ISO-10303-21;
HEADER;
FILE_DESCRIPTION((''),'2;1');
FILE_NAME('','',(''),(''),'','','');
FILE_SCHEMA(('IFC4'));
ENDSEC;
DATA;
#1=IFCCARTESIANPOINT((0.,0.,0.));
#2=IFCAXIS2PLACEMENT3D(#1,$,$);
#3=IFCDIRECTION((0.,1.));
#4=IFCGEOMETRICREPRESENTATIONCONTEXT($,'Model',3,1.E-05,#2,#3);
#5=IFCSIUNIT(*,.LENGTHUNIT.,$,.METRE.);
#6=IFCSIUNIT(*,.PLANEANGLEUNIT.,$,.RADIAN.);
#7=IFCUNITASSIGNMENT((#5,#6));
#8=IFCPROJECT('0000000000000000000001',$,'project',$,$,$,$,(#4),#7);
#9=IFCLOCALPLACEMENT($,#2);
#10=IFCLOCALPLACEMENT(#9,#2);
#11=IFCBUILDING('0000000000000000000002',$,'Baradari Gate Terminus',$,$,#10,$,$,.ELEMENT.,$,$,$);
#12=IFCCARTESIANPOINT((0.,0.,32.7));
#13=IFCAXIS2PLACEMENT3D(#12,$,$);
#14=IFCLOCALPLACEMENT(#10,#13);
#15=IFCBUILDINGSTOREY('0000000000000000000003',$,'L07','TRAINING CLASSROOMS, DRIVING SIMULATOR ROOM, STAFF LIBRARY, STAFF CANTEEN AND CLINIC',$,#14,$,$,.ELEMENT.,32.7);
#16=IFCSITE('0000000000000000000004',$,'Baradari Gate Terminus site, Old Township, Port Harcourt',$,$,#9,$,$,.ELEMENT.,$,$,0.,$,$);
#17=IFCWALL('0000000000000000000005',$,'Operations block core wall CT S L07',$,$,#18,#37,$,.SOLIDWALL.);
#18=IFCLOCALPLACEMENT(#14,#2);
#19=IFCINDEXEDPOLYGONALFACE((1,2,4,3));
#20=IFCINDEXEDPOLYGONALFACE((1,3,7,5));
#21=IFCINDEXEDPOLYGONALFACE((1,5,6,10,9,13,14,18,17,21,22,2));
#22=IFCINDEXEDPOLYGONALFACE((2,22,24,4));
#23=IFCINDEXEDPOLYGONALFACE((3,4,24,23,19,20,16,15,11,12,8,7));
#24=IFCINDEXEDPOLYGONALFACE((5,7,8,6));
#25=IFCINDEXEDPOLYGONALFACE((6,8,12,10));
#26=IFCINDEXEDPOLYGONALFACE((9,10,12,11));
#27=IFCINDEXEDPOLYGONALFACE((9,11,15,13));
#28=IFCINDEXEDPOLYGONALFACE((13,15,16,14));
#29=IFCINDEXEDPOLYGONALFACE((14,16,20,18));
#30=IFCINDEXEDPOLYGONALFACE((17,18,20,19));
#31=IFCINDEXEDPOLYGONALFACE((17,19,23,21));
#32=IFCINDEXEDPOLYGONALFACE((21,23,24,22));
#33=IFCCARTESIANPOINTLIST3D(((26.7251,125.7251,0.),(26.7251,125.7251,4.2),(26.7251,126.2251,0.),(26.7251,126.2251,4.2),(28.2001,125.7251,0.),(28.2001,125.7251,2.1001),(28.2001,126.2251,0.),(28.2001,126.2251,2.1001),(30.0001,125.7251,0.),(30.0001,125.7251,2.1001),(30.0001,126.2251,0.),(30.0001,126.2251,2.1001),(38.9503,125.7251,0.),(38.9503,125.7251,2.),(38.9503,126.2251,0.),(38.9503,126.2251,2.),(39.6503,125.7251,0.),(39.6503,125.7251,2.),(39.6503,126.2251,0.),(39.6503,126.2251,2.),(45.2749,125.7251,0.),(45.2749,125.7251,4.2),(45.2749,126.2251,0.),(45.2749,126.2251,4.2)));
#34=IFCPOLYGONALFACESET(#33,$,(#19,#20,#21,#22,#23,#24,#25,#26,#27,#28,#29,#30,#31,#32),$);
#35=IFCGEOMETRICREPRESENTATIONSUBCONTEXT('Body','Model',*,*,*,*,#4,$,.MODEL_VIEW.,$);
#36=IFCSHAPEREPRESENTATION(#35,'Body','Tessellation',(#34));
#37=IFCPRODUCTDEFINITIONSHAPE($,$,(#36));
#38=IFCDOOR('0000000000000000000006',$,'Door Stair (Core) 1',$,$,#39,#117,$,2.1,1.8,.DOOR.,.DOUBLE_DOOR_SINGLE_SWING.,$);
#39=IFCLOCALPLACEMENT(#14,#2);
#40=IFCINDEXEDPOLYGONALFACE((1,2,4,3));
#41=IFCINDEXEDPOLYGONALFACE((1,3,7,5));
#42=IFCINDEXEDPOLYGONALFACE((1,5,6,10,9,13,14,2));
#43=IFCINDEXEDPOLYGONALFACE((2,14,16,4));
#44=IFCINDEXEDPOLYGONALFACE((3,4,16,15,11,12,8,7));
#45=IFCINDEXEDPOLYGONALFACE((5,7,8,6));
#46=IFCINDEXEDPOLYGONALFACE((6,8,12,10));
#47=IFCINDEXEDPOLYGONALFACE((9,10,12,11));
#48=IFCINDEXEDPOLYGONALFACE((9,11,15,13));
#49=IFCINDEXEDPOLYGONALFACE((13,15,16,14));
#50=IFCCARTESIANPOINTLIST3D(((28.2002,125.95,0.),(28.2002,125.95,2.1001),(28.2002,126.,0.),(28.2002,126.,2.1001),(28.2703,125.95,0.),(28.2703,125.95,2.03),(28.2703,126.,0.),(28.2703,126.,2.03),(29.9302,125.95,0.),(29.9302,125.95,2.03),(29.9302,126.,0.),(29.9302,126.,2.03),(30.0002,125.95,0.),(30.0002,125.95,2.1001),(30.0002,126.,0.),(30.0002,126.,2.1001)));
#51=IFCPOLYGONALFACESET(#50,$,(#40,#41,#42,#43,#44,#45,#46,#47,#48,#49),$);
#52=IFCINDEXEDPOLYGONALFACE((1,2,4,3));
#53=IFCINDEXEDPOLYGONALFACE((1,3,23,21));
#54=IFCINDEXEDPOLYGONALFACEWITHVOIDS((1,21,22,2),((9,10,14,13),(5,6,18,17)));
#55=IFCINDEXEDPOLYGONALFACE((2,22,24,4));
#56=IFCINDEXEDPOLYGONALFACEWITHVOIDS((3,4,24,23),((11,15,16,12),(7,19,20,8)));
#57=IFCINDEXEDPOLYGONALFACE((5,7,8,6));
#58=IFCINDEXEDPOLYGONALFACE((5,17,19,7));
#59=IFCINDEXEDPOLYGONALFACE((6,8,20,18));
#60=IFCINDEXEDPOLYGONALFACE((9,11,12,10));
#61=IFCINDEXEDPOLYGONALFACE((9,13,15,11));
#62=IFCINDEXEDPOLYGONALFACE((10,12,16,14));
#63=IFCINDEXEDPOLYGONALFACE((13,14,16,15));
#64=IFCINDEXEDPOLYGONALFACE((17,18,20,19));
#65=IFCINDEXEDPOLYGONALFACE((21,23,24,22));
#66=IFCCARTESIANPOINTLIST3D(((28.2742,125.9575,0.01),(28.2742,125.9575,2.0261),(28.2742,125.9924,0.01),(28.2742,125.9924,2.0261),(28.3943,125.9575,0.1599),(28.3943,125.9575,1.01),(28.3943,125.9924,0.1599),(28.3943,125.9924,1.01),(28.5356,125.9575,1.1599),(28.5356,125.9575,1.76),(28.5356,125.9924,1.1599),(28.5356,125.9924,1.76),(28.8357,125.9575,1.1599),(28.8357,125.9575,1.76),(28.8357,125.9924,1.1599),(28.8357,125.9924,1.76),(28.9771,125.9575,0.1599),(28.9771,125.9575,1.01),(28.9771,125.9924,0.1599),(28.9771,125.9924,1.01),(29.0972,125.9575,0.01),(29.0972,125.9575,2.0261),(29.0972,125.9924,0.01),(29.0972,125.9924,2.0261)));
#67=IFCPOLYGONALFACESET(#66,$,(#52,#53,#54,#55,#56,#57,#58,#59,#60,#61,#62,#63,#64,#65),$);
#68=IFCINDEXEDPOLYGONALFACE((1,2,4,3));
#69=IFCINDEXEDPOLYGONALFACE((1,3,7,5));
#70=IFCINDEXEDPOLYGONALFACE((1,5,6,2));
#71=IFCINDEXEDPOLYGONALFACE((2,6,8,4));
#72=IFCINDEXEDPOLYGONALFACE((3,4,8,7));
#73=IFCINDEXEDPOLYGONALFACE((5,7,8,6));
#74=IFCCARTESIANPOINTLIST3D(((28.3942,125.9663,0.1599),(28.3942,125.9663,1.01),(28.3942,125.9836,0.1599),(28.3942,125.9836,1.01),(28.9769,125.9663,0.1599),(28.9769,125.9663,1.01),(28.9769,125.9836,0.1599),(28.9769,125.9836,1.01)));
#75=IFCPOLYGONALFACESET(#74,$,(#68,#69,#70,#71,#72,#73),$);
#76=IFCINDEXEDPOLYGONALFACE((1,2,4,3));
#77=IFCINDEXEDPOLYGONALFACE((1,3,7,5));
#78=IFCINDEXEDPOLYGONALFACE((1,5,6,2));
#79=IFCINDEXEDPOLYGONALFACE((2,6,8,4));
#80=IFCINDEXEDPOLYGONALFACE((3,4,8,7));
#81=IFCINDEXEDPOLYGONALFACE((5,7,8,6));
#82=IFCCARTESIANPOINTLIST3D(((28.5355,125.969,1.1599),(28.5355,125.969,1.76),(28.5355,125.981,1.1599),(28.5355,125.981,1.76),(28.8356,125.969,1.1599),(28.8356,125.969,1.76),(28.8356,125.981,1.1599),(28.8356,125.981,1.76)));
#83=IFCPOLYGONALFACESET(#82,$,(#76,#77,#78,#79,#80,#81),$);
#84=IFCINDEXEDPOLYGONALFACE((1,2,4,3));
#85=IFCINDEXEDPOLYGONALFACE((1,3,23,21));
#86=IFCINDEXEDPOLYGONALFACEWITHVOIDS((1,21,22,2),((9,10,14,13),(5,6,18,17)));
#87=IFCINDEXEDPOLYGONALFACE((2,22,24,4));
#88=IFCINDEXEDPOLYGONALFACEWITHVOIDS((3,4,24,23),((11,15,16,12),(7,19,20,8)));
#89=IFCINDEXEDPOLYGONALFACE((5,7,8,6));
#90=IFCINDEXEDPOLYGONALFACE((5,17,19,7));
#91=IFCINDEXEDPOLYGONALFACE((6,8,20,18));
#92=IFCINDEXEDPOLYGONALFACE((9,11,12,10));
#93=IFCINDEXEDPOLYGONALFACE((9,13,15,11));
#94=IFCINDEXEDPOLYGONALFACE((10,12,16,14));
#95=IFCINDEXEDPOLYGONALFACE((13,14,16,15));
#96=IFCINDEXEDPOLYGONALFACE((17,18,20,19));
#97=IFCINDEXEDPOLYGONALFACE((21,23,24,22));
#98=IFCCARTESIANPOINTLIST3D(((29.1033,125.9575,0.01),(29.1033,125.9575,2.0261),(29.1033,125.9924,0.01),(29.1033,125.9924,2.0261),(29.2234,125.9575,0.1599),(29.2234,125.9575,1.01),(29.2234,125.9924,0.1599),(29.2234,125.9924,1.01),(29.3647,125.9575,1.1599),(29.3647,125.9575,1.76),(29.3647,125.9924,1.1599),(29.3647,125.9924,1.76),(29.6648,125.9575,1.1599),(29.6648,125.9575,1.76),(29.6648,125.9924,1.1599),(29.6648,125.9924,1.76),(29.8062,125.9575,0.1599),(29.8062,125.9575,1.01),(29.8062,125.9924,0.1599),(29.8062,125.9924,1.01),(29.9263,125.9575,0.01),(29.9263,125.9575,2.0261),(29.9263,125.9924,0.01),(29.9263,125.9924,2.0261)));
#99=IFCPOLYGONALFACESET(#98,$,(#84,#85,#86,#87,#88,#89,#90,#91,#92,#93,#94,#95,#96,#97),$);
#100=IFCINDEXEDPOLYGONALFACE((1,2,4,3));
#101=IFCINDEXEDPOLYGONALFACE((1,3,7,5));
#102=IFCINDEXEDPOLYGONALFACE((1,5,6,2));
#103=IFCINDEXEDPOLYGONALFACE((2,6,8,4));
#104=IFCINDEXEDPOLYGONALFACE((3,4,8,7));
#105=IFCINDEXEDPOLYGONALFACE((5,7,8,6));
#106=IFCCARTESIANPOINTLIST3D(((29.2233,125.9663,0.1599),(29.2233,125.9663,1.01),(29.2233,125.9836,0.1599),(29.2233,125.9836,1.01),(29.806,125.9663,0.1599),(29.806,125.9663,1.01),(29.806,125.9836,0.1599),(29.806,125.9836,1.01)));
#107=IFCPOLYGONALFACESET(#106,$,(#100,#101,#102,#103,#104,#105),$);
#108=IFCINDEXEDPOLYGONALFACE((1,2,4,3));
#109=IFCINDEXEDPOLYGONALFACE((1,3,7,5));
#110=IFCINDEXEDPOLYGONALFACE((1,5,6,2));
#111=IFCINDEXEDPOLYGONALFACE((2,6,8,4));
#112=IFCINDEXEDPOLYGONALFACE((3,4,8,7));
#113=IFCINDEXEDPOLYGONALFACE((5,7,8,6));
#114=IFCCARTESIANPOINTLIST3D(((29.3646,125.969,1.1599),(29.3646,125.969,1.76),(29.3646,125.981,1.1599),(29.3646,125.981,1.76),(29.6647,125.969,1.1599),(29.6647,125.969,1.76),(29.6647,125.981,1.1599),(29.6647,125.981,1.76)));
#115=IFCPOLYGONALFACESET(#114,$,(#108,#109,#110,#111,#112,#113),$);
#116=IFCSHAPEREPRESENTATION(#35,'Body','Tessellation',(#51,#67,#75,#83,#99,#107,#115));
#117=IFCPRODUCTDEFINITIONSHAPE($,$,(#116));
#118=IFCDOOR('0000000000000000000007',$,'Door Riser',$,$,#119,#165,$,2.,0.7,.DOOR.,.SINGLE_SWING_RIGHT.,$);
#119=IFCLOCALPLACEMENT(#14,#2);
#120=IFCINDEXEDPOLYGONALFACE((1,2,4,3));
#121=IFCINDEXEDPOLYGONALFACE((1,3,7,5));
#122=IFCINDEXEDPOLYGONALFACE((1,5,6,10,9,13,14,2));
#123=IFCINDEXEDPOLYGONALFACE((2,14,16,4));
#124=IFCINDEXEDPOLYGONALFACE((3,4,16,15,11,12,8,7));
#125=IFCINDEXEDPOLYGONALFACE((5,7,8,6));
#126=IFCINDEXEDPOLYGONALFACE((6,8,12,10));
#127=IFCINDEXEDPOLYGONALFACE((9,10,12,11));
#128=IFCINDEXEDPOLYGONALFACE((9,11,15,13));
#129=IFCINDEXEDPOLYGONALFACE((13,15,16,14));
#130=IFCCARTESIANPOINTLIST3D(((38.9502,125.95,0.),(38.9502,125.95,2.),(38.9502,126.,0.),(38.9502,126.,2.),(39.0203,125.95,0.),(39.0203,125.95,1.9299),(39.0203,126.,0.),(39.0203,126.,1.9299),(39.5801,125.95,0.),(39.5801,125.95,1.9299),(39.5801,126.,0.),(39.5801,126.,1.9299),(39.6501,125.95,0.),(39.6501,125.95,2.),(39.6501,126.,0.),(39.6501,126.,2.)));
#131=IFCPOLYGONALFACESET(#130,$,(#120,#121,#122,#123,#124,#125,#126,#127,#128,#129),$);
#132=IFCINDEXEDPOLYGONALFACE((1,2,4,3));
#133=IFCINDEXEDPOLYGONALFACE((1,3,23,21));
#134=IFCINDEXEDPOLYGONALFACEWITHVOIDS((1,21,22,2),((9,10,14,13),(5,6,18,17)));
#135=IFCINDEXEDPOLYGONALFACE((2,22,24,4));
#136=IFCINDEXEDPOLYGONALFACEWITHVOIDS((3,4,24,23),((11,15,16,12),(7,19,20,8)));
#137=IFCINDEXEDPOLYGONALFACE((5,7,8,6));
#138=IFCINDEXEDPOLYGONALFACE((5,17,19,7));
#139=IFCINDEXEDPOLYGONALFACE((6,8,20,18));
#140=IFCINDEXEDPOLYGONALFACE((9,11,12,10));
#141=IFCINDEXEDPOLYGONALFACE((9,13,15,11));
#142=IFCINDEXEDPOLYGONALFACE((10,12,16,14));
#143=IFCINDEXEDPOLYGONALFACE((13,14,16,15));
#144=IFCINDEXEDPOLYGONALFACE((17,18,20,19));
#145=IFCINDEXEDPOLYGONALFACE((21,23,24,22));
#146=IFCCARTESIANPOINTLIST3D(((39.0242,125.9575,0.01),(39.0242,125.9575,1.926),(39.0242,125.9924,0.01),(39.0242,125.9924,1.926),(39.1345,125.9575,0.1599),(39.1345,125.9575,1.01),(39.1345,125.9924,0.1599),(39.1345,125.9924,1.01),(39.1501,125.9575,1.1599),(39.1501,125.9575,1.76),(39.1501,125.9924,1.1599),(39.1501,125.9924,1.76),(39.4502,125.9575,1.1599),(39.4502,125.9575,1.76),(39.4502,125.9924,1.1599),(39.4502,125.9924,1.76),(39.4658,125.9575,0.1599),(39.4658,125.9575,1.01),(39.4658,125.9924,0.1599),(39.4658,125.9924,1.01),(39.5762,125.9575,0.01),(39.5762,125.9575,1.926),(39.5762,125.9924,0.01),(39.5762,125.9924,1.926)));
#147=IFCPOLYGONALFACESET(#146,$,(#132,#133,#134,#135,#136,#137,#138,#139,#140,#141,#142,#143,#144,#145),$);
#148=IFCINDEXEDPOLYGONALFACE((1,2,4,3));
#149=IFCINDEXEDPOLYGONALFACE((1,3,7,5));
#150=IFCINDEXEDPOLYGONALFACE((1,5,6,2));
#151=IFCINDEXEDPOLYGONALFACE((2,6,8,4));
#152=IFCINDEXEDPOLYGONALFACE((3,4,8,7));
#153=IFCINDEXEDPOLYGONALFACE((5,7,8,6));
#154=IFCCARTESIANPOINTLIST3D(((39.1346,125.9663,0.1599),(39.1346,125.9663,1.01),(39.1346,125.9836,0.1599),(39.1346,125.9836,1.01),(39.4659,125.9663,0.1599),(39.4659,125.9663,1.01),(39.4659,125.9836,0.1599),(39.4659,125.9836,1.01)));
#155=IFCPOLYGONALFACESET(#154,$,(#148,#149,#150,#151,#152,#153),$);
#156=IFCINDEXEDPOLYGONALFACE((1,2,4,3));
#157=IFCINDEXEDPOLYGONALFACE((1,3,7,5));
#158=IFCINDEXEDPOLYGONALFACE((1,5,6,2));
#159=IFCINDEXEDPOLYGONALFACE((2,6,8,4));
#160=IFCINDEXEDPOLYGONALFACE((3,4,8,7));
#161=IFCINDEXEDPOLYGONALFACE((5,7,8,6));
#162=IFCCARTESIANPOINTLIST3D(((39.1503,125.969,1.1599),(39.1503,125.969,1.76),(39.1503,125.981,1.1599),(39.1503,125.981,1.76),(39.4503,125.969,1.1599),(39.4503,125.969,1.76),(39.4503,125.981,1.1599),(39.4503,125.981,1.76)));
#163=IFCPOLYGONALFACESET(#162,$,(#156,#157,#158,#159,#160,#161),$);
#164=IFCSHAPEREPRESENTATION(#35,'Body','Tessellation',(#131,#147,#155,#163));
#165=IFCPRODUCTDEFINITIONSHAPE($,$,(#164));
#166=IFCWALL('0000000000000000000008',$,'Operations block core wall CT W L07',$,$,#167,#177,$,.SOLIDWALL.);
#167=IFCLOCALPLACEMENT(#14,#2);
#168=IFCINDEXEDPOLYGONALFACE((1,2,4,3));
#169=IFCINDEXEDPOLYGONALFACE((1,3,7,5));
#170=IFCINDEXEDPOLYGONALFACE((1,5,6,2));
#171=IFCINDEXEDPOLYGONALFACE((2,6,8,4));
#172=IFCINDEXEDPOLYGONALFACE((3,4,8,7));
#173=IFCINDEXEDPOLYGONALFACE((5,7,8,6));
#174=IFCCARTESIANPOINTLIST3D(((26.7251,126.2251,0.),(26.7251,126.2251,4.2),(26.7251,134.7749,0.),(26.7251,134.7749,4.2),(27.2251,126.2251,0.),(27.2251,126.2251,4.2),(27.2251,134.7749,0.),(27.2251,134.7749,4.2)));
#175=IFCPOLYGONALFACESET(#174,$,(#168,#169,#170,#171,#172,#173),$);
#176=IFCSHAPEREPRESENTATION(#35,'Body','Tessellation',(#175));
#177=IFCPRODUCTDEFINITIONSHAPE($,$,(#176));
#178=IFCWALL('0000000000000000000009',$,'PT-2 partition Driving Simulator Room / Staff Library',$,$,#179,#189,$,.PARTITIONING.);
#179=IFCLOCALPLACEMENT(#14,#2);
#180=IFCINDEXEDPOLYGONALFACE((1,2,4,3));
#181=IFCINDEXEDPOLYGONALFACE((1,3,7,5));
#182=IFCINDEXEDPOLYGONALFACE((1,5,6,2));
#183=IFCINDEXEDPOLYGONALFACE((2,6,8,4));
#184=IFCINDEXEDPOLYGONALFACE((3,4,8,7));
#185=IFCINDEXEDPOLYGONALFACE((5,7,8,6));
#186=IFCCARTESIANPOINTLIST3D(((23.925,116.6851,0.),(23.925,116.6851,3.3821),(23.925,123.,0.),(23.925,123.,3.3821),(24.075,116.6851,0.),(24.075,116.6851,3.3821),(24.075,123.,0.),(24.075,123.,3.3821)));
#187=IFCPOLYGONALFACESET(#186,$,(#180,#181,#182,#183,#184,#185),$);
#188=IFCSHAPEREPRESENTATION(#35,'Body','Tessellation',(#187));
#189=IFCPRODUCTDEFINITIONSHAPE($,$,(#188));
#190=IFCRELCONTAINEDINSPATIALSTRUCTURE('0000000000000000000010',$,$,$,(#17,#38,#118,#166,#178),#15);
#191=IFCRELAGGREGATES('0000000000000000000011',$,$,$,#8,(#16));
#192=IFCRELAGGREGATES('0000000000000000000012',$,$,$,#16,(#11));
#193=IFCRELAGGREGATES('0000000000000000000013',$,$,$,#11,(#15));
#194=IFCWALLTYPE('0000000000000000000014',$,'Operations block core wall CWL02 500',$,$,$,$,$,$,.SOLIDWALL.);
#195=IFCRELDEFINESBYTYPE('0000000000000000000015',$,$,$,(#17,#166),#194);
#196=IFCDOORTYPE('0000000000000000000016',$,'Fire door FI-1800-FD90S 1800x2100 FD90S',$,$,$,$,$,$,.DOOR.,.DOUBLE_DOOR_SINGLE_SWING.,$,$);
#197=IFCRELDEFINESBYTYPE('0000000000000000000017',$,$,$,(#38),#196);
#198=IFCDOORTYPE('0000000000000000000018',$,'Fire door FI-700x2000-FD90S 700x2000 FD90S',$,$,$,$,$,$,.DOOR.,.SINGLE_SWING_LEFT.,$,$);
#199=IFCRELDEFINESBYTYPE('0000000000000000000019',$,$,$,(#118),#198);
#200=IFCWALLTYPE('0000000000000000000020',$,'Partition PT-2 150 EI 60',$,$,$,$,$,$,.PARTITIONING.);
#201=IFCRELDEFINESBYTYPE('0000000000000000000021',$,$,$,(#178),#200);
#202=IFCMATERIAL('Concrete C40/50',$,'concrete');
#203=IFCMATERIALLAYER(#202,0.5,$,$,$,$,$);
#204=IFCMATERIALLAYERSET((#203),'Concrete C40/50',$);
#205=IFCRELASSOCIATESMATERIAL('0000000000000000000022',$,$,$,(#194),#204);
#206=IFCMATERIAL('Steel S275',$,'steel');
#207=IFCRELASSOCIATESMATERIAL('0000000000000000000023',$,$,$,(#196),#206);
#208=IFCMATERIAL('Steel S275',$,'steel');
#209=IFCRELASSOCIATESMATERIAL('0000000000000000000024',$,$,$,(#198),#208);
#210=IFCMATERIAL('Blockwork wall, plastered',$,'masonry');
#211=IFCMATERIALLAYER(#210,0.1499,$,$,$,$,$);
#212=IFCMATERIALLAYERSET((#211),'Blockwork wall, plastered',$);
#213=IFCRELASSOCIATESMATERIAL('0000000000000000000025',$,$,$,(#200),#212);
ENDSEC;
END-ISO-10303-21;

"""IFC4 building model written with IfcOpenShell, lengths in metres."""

from ifc_helpers import new_model, si_unit, direction, frame, frame_2d, origin, place, context, subcontext, project, spatial, polyline, rectangle, outline, extrude, material, layer, layer_set, type_object, element, fill, save


model = new_model("IFC4")

# Units and contexts
model_context = context("Model", 3, precision=1e-05, world=origin(), true_north=direction((0.0, 1.0)))
body_context = subcontext(model_context, "Body", "Model", "MODEL_VIEW")
ifc_project = project(units=[si_unit("LENGTHUNIT", "METRE"), si_unit("PLANEANGLEUNIT", "RADIAN")], contexts=[model_context])

# Site, building, storey
site_placement = place(None, origin())
site = spatial("IfcSite", under=ifc_project, at=site_placement, Name="Baradari Gate Terminus site, Old Township, Port Harcourt", CompositionType="ELEMENT", RefElevation=0.0)
building_placement = place(site_placement, origin())
building = spatial("IfcBuilding", under=site, at=building_placement, Name="Baradari Gate Terminus", CompositionType="ELEMENT")
storey_placement = place(building_placement, frame((0.0, 0.0, 32.7)))
storey = spatial("IfcBuildingStorey", under=building, at=storey_placement, Name="L07", Description="TRAINING CLASSROOMS, DRIVING SIMULATOR ROOM, STAFF LIBRARY, STAFF CANTEEN AND CLINIC", CompositionType="ELEMENT", Elevation=32.7)

# Wall, openings, doors
ifc_material_1 = material(Name="Concrete C40/50", Category="concrete")
ifc_layer_1 = layer(ifc_material_1, 0.5)
ifc_layer_set_1 = layer_set([ifc_layer_1], Name="Concrete C40/50")
wall_type_1 = type_object("IfcWallType", Name="Operations block core wall CWL02 500", PredefinedType="SOLIDWALL", material=ifc_layer_set_1)
wall_1_placement = place(storey_placement, frame((26.7251, 125.9751, 0.0), z_axis=(0.0, 0.0, 1.0), x_axis=(1.0, 0.0, 0.0)))
wall_1 = element("IfcWall", 1, at=wall_1_placement, inside=storey, type_object=wall_type_1, Name="Operations block core wall CT S L07", PredefinedType="SOLIDWALL", context=body_context, shape_type="SweptSolid", body=[
    extrude(rectangle(XDim=18.5498, YDim=0.5, at=frame_2d((9.2749, 0.0))), origin(), (0.0, 0.0, 1.0), 4.2),
])
opening_1_placement = place(wall_1_placement, frame((1.4751, 0.0, 0.0)))
opening_1 = element("IfcOpeningElement", 2, at=opening_1_placement, cuts=wall_1, PredefinedType="OPENING", context=body_context, shape_type="SweptSolid", body=[
    extrude(rectangle(XDim=1.8, YDim=2.1001, at=frame_2d((0.8999, 1.05))), frame((0.0, 0.26, 0.0), z_axis=(0.0, -1.0, 0.0), x_axis=(1.0, 0.0, 0.0)), (0.0, 0.0, 1.0), 0.52),
])
opening_2_placement = place(wall_1_placement, frame((12.2251, 0.0, 0.0)))
opening_2 = element("IfcOpeningElement", 3, at=opening_2_placement, cuts=wall_1, PredefinedType="OPENING", context=body_context, shape_type="SweptSolid", body=[
    extrude(rectangle(XDim=0.7, YDim=2.0, at=frame_2d((0.3501, 1.0))), frame((0.0, 0.26, 0.0), z_axis=(0.0, -1.0, 0.0), x_axis=(1.0, 0.0, 0.0)), (0.0, 0.0, 1.0), 0.52),
])
ifc_material_2 = material(Name="Steel S275", Category="steel")
door_type_1 = type_object("IfcDoorType", Name="Fire door FI-1800-FD90S 1800x2100 FD90S", OperationType="DOUBLE_DOOR_SINGLE_SWING", PredefinedType="DOOR", material=ifc_material_2)
door_1_placement = place(opening_1_placement, origin())
door_1 = element("IfcDoor", 4, at=door_1_placement, inside=storey, type_object=door_type_1, Name="Door Stair (Core) 1", OperationType="DOUBLE_DOOR_SINGLE_SWING", OverallHeight=2.1, OverallWidth=1.8, PredefinedType="DOOR", context=body_context, shape_type="SweptSolid", body=[
    extrude(outline(polyline([(0.0, 0.0), (0.0701, 0.0), (0.0701, 2.03), (1.73, 2.03), (1.73, 0.0), (1.8, 0.0), (1.8, 2.1001), (0.0, 2.1001), (0.0, 0.0)])), frame((0.0, 0.0249, 0.0), z_axis=(0.0, -1.0, 0.0), x_axis=(1.0, 0.0, 0.0)), (0.0, 0.0, 1.0), 0.05),
    extrude(outline(polyline([(0.074, 0.01), (0.897, 0.01), (0.897, 2.0261), (0.074, 2.0261), (0.074, 0.01)]), holes=[polyline([(0.1941, 0.1599), (0.7769, 0.1599), (0.7769, 1.01), (0.1941, 1.01), (0.1941, 0.1599)]), polyline([(0.3354, 1.1599), (0.6355, 1.1599), (0.6355, 1.76), (0.3354, 1.76), (0.3354, 1.1599)])]), frame((0.0, 0.0173, 0.0), z_axis=(0.0, -1.0, 0.0), x_axis=(1.0, 0.0, 0.0)), (0.0, 0.0, 1.0), 0.0349),
    extrude(rectangle(XDim=0.5828, YDim=0.8501, at=frame_2d((0.4854, 0.585))), frame((0.0, 0.0085, 0.0), z_axis=(0.0, -1.0, 0.0), x_axis=(1.0, 0.0, 0.0)), (0.0, 0.0, 1.0), 0.0173),
    extrude(rectangle(XDim=0.3, YDim=0.6001, at=frame_2d((0.4854, 1.46))), frame((0.0, 0.0059, 0.0), z_axis=(0.0, -1.0, 0.0), x_axis=(1.0, 0.0, 0.0)), (0.0, 0.0, 1.0), 0.012),
    extrude(outline(polyline([(0.9031, 0.01), (1.7261, 0.01), (1.7261, 2.0261), (0.9031, 2.0261), (0.9031, 0.01)]), holes=[polyline([(1.0232, 0.1599), (1.606, 0.1599), (1.606, 1.01), (1.0232, 1.01), (1.0232, 0.1599)]), polyline([(1.1646, 1.1599), (1.4646, 1.1599), (1.4646, 1.76), (1.1646, 1.76), (1.1646, 1.1599)])]), frame((0.0, 0.0173, 0.0), z_axis=(0.0, -1.0, 0.0), x_axis=(1.0, 0.0, 0.0)), (0.0, 0.0, 1.0), 0.0349),
    extrude(rectangle(XDim=0.5828, YDim=0.8501, at=frame_2d((1.3145, 0.585))), frame((0.0, 0.0085, 0.0), z_axis=(0.0, -1.0, 0.0), x_axis=(1.0, 0.0, 0.0)), (0.0, 0.0, 1.0), 0.0173),
    extrude(rectangle(XDim=0.3, YDim=0.6001, at=frame_2d((1.3145, 1.46))), frame((0.0, 0.0059, 0.0), z_axis=(0.0, -1.0, 0.0), x_axis=(1.0, 0.0, 0.0)), (0.0, 0.0, 1.0), 0.012),
])
fill(opening_1, door_1)
ifc_material_3 = material(Name="Steel S275", Category="steel")
door_type_2 = type_object("IfcDoorType", Name="Fire door FI-700x2000-FD90S 700x2000 FD90S", OperationType="SINGLE_SWING_LEFT", PredefinedType="DOOR", material=ifc_material_3)
door_2_placement = place(opening_2_placement, origin())
door_2 = element("IfcDoor", 5, at=door_2_placement, inside=storey, type_object=door_type_2, Name="Door Riser", OperationType="SINGLE_SWING_RIGHT", OverallHeight=2.0, OverallWidth=0.7, PredefinedType="DOOR", context=body_context, shape_type="SweptSolid", body=[
    extrude(outline(polyline([(0.0, 0.0), (0.0701, 0.0), (0.0701, 1.9299), (0.6299, 1.9299), (0.6299, 0.0), (0.7, 0.0), (0.7, 2.0), (0.0, 2.0), (0.0, 0.0)])), frame((0.0, 0.0249, 0.0), z_axis=(0.0, -1.0, 0.0), x_axis=(1.0, 0.0, 0.0)), (0.0, 0.0, 1.0), 0.05),
    extrude(outline(polyline([(0.074, 0.01), (0.626, 0.01), (0.626, 1.926), (0.074, 1.926), (0.074, 0.01)]), holes=[polyline([(0.1843, 0.1599), (0.5156, 0.1599), (0.5156, 1.01), (0.1843, 1.01), (0.1843, 0.1599)]), polyline([(0.2, 1.1599), (0.5, 1.1599), (0.5, 1.76), (0.2, 1.76), (0.2, 1.1599)])]), frame((0.0, 0.0173, 0.0), z_axis=(0.0, -1.0, 0.0), x_axis=(1.0, 0.0, 0.0)), (0.0, 0.0, 1.0), 0.0349),
    extrude(rectangle(XDim=0.3313, YDim=0.8501, at=frame_2d((0.3501, 0.585))), frame((0.0, 0.0085, 0.0), z_axis=(0.0, -1.0, 0.0), x_axis=(1.0, 0.0, 0.0)), (0.0, 0.0, 1.0), 0.0173),
    extrude(rectangle(XDim=0.3, YDim=0.6001, at=frame_2d((0.3501, 1.46))), frame((0.0, 0.0059, 0.0), z_axis=(0.0, -1.0, 0.0), x_axis=(1.0, 0.0, 0.0)), (0.0, 0.0, 1.0), 0.012),
])
fill(opening_2, door_2)

# Walls
wall_2_placement = place(storey_placement, frame((26.9751, 126.2251, 0.0), z_axis=(0.0, 0.0, 1.0), x_axis=(0.0, 1.0, 0.0)))
element("IfcWall", 6, at=wall_2_placement, inside=storey, type_object=wall_type_1, Name="Operations block core wall CT W L07", PredefinedType="SOLIDWALL", context=body_context, shape_type="SweptSolid", body=[
    extrude(rectangle(XDim=8.5498, YDim=0.5, at=frame_2d((4.2749, 0.0))), origin(), (0.0, 0.0, 1.0), 4.2),
])
ifc_material_4 = material(Name="Blockwork wall, plastered", Category="masonry")
ifc_layer_2 = layer(ifc_material_4, 0.1499)
ifc_layer_set_2 = layer_set([ifc_layer_2], Name="Blockwork wall, plastered")
wall_type_2 = type_object("IfcWallType", Name="Partition PT-2 150 EI 60", PredefinedType="PARTITIONING", material=ifc_layer_set_2)
wall_3_placement = place(storey_placement, frame((24.0, 123.0, 0.0), z_axis=(0.0, 0.0, 1.0), x_axis=(0.0, -1.0, 0.0)))
element("IfcWall", 7, at=wall_3_placement, inside=storey, type_object=wall_type_2, Name="PT-2 partition Driving Simulator Room / Staff Library", PredefinedType="PARTITIONING", context=body_context, shape_type="SweptSolid", body=[
    extrude(rectangle(XDim=6.3149, YDim=0.1499, at=frame_2d((3.1575, 0.0))), origin(), (0.0, 0.0, 1.0), 3.3821),
])

save(model, "model.ifc")
